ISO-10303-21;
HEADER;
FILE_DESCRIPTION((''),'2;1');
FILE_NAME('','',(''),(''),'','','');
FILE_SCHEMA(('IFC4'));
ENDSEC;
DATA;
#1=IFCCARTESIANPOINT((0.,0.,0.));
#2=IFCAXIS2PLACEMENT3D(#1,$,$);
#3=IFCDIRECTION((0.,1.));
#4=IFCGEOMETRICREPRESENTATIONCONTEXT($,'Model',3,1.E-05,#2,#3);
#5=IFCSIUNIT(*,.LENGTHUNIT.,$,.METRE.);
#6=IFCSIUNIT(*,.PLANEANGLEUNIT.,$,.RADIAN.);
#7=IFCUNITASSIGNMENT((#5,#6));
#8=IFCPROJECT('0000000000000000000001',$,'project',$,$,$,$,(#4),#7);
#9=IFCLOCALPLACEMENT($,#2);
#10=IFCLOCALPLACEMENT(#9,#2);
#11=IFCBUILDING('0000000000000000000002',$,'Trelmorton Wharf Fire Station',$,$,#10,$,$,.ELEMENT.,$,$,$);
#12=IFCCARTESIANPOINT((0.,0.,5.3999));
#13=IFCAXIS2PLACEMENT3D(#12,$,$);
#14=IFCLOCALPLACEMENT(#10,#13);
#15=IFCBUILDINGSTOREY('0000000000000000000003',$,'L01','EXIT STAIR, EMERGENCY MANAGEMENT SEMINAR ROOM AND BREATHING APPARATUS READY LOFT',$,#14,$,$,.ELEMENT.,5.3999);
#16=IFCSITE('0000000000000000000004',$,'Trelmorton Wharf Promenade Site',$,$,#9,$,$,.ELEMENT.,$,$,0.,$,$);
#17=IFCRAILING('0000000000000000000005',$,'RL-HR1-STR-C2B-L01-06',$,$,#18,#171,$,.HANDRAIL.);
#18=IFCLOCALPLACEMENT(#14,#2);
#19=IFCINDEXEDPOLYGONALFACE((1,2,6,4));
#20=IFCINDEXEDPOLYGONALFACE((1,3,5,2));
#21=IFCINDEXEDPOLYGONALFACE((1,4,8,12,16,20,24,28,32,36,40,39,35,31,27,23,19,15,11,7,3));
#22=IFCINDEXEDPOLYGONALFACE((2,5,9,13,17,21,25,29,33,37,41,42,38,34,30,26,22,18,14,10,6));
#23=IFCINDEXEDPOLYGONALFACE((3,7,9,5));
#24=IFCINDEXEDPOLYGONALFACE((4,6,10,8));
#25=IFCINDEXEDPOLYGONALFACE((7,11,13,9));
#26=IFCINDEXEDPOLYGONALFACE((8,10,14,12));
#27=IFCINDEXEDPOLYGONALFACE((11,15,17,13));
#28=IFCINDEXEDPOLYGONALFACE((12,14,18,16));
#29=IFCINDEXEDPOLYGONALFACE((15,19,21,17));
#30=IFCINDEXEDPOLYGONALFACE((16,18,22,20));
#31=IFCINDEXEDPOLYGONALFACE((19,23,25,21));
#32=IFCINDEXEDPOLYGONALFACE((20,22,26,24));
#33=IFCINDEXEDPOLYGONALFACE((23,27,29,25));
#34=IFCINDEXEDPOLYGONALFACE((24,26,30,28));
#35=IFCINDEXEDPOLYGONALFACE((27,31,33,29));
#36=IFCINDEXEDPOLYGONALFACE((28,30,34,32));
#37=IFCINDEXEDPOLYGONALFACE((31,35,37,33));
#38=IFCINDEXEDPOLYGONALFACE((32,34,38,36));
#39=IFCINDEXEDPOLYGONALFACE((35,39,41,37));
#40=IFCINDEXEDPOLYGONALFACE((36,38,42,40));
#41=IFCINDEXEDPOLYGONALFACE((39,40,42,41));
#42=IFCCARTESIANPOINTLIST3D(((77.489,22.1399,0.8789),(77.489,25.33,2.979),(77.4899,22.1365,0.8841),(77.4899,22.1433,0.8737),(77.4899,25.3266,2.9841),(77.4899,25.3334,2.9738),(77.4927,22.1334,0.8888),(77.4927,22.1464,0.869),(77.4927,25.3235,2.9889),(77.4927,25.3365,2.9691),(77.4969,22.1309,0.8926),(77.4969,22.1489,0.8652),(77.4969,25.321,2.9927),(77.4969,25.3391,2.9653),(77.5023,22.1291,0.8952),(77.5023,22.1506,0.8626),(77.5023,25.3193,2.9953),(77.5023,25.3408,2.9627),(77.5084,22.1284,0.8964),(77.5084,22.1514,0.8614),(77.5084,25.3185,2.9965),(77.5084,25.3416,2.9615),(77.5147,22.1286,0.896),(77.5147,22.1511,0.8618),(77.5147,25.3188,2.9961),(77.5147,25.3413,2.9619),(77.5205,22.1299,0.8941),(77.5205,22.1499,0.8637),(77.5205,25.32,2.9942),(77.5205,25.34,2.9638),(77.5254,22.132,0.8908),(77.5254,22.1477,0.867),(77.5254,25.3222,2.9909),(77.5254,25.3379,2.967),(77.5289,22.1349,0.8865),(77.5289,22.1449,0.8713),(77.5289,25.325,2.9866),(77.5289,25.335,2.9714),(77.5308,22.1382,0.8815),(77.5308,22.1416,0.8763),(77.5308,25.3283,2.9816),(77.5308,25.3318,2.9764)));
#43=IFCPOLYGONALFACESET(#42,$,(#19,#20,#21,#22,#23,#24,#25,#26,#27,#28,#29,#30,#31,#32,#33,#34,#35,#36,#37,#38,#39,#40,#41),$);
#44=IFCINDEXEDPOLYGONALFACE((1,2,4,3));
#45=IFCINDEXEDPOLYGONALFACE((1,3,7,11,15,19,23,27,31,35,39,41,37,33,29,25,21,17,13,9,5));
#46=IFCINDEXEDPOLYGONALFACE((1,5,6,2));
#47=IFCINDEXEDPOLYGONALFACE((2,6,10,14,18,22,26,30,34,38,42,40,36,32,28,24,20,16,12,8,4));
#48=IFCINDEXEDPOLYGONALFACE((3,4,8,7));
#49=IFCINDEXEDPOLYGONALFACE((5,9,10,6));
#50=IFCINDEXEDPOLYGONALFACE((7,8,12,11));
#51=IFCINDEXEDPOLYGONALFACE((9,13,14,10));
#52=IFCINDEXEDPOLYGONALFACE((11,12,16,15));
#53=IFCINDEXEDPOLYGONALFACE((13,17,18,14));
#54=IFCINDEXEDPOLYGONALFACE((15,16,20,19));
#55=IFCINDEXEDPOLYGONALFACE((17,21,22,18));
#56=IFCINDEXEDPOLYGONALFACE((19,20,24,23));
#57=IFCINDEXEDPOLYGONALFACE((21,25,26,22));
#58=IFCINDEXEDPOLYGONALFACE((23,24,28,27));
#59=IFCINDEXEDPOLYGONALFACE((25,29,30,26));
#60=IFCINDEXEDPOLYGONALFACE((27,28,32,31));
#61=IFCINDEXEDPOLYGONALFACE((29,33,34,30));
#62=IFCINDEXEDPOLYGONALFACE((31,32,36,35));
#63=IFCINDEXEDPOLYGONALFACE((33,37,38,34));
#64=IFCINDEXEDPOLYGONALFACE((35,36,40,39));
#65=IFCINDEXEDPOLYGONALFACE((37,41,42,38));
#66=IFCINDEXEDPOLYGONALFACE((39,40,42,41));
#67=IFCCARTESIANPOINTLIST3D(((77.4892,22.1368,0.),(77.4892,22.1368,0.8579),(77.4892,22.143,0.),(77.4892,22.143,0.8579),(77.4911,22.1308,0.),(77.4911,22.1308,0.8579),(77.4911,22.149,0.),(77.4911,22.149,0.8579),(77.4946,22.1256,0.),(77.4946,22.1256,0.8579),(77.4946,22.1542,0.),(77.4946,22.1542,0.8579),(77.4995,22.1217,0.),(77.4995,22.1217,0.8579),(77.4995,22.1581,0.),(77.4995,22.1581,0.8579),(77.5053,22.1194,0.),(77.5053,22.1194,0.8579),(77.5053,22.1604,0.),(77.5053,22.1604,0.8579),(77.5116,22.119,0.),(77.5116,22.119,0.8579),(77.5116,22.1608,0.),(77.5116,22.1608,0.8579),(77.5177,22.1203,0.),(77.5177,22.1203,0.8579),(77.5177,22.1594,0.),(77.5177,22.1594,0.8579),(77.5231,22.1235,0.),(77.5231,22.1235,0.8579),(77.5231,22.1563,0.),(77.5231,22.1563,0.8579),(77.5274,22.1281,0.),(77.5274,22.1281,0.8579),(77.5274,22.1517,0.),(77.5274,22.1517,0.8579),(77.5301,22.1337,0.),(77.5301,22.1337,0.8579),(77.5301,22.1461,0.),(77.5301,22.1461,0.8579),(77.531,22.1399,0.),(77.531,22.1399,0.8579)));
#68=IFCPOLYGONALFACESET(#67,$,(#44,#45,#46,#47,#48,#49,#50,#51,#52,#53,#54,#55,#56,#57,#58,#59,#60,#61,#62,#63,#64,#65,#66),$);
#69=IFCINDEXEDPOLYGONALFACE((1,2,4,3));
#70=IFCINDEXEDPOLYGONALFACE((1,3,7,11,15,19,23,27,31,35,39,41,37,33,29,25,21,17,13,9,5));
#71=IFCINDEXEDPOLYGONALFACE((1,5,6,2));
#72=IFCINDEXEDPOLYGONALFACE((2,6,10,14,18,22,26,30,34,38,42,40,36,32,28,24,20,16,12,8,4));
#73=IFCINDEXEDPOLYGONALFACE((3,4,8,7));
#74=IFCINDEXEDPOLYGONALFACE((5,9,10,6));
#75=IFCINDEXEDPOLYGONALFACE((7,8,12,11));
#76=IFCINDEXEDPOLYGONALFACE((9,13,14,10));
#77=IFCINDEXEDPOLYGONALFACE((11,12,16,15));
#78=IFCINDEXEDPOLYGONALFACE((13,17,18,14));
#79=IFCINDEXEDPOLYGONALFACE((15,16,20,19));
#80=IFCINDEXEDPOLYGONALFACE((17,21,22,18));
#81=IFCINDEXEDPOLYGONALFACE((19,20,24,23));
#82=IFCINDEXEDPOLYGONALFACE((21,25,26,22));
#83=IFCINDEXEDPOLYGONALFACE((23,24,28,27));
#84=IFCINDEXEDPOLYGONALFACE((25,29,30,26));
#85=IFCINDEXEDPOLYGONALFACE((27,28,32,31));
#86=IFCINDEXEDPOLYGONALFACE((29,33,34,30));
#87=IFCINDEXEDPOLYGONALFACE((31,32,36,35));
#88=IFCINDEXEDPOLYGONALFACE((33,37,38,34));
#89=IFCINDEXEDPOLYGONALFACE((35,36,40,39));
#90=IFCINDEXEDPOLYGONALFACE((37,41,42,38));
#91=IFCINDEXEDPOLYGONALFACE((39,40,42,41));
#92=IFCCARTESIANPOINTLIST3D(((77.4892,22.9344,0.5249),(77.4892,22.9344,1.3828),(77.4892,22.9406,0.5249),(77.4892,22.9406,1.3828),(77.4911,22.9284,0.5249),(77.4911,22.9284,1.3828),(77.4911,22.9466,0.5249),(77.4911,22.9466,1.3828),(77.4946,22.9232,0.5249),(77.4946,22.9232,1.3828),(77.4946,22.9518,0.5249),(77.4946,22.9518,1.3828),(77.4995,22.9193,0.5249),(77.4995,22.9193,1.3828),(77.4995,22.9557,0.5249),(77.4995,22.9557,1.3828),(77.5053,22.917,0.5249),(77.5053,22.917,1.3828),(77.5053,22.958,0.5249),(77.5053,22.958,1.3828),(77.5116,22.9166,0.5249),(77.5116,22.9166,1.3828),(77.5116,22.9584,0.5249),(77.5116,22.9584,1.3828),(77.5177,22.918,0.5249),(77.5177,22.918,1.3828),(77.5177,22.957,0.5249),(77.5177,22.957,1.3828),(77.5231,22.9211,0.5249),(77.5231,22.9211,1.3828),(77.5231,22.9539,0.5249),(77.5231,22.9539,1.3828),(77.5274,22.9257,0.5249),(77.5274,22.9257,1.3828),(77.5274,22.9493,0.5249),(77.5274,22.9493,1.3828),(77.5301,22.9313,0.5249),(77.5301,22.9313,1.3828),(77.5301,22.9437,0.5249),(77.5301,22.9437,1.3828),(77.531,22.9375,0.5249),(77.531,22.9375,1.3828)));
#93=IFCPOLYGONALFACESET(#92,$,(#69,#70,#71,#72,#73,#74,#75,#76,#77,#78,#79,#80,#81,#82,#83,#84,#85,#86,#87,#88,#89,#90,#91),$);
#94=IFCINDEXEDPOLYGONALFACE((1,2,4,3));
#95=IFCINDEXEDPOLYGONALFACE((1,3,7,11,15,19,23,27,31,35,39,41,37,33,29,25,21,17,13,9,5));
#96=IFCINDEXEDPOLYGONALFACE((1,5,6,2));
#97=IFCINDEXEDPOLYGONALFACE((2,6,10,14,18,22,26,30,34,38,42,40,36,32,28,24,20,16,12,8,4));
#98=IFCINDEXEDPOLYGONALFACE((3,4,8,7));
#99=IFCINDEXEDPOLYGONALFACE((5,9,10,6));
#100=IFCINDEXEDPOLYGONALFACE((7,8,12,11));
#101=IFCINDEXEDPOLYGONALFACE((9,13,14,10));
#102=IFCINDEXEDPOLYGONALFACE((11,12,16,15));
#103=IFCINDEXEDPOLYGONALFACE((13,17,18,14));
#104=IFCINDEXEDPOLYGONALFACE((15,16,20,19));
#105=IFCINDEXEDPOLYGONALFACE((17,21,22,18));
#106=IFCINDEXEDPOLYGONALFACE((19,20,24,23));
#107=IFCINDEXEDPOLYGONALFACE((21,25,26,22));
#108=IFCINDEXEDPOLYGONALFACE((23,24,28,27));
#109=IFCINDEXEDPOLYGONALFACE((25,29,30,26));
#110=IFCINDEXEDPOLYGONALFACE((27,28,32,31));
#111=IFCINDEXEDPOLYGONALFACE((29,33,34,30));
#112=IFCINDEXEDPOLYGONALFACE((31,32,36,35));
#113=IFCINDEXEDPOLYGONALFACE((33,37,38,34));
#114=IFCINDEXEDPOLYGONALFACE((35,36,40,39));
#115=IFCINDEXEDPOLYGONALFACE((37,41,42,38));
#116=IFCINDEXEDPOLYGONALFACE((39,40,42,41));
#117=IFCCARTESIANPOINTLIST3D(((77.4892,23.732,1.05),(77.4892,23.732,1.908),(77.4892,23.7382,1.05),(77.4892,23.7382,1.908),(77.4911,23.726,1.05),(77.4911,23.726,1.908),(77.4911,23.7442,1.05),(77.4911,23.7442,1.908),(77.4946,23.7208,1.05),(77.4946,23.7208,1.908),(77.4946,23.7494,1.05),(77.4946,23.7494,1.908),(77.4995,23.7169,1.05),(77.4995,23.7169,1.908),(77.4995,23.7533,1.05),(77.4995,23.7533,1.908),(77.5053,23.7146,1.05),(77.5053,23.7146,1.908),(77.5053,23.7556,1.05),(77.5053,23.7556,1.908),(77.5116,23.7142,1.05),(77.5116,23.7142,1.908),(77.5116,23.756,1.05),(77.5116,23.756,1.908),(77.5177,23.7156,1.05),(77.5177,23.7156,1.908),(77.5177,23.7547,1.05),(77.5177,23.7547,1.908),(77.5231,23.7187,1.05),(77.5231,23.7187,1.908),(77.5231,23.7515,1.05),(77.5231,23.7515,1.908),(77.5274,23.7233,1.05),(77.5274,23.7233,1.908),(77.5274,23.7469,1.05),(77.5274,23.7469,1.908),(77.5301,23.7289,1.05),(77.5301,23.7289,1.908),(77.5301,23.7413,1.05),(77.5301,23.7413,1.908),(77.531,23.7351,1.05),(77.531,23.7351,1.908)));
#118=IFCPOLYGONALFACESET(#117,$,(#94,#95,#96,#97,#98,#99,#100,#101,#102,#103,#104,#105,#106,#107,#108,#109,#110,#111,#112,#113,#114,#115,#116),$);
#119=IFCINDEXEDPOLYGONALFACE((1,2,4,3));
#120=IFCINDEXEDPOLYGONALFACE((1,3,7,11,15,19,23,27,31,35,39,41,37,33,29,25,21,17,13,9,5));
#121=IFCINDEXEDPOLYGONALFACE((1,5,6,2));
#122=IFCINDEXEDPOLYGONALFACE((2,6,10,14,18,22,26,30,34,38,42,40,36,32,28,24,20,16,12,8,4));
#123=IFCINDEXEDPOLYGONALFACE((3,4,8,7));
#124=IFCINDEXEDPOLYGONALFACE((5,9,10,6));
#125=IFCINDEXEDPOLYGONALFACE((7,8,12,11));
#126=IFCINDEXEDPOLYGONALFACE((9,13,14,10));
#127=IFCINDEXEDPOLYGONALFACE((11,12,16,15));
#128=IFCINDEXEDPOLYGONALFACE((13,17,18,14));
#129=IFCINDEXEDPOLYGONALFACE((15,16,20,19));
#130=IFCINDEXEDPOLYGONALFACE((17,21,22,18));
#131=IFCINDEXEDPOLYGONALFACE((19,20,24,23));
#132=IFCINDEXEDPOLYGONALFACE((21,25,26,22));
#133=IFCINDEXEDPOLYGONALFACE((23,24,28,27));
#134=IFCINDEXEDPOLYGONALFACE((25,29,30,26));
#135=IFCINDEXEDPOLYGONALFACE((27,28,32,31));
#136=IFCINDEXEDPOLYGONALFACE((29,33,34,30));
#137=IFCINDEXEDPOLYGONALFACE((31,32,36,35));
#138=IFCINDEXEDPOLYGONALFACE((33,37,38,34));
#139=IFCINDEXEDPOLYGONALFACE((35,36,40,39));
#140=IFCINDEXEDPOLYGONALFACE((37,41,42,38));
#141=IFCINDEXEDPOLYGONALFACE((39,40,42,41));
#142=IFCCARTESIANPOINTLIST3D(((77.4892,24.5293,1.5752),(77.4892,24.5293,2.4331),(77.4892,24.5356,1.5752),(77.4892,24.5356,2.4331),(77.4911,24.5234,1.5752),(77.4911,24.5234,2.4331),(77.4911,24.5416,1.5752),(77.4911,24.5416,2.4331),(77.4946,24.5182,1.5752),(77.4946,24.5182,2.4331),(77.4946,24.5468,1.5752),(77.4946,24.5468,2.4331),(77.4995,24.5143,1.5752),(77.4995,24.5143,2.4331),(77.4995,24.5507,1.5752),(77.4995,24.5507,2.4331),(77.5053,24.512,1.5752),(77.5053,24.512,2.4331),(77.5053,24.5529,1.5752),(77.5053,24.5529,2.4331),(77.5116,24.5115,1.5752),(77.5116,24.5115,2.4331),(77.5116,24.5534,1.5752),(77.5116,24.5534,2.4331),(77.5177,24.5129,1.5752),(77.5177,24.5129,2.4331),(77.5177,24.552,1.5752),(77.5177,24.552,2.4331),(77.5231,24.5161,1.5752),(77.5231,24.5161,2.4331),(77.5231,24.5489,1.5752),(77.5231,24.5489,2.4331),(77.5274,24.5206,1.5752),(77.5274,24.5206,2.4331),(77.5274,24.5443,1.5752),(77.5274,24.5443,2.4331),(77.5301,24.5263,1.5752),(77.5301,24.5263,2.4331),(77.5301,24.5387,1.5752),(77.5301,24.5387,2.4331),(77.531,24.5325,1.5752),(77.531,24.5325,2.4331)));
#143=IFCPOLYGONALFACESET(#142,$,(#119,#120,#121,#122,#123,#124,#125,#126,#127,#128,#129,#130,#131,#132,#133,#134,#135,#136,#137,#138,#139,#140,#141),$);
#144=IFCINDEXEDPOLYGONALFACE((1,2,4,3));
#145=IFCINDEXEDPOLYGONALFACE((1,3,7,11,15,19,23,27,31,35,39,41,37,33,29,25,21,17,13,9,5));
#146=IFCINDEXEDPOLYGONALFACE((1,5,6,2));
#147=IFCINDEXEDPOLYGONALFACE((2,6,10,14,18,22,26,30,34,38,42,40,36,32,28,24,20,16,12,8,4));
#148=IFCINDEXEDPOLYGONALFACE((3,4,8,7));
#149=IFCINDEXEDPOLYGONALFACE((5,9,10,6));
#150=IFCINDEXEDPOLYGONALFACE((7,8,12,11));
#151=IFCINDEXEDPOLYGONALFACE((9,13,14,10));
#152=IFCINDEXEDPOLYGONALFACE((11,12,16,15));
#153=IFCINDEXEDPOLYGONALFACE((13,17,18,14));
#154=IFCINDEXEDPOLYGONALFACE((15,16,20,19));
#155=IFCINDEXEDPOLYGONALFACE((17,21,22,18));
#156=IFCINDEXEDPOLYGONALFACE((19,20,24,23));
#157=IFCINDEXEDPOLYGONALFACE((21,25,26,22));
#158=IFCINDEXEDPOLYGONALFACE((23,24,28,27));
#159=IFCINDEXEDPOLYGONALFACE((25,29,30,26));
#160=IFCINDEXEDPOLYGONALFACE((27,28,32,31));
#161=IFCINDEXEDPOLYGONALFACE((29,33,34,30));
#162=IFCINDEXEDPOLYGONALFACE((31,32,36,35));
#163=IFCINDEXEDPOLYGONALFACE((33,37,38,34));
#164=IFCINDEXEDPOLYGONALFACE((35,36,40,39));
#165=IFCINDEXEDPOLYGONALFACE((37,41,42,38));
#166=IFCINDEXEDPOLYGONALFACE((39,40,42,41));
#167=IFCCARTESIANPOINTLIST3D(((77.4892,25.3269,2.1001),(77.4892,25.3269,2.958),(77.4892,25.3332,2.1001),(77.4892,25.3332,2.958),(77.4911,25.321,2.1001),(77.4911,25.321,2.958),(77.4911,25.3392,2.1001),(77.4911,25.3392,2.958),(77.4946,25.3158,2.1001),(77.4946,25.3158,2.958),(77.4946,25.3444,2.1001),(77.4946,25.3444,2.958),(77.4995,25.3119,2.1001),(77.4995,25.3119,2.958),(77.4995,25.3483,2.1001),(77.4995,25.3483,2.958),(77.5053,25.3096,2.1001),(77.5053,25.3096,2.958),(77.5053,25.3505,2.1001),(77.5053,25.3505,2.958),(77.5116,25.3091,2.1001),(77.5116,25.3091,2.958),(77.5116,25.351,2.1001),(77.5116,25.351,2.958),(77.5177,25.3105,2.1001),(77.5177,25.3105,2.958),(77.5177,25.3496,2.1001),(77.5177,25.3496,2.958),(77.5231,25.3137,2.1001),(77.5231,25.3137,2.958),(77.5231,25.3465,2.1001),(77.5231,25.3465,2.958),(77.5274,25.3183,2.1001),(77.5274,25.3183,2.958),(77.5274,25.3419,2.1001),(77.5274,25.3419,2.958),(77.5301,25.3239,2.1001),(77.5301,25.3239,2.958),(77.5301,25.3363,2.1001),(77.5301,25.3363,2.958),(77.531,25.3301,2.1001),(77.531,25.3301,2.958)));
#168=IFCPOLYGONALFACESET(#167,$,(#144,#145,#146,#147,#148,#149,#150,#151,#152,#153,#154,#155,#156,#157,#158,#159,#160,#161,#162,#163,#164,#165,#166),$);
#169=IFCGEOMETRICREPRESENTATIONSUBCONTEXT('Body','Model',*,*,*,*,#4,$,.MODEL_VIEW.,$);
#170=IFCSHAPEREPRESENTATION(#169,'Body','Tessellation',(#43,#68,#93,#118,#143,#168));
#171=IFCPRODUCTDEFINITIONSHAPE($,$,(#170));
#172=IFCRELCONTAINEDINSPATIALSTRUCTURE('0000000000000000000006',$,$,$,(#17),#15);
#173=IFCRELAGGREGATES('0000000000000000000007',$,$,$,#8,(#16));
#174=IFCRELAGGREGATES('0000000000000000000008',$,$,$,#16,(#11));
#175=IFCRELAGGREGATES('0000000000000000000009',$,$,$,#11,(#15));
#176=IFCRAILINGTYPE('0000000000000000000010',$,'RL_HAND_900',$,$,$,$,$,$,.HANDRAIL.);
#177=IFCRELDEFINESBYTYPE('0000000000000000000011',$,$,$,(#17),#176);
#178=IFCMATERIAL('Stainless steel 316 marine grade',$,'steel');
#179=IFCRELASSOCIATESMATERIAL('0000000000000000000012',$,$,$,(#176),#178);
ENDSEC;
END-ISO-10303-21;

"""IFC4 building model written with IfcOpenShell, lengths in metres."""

from ifc_helpers import new_model, si_unit, direction, frame, origin, origin_2d, place, context, subcontext, project, spatial, circle, extrude, material, type_object, element, save


model = new_model("IFC4")

# Units and contexts
model_context = context("Model", 3, precision=1e-05, world=origin(), true_north=direction((0.0, 1.0)))
body_context = subcontext(model_context, "Body", "Model", "MODEL_VIEW")
ifc_project = project(units=[si_unit("LENGTHUNIT", "METRE"), si_unit("PLANEANGLEUNIT", "RADIAN")], contexts=[model_context])

# Site, building, storey
site_placement = place(None, origin())
site = spatial("IfcSite", under=ifc_project, at=site_placement, Name="Trelmorton Wharf Promenade Site", CompositionType="ELEMENT", RefElevation=0.0)
building_placement = place(site_placement, origin())
building = spatial("IfcBuilding", under=site, at=building_placement, Name="Trelmorton Wharf Fire Station", CompositionType="ELEMENT")
storey_placement = place(building_placement, frame((0.0, 0.0, 5.3999)))
storey = spatial("IfcBuildingStorey", under=building, at=storey_placement, Name="L01", Description="EXIT STAIR, EMERGENCY MANAGEMENT SEMINAR ROOM AND BREATHING APPARATUS READY LOFT", CompositionType="ELEMENT", Elevation=5.3999)

# Railing
ifc_material_1 = material(Name="Stainless steel 316 marine grade", Category="steel")
railing_type_1 = type_object("IfcRailingType", Name="RL_HAND_900", PredefinedType="HANDRAIL", material=ifc_material_1)
railing_1_placement = place(storey_placement, frame((77.51, 22.1399, 0.0)))
element("IfcRailing", 1, at=railing_1_placement, inside=storey, type_object=railing_type_1, Name="RL-HR1-STR-C2B-L01-06", PredefinedType="HANDRAIL", context=body_context, shape_type="SweptSolid", body=[
    extrude(circle(Radius=0.021, at=origin_2d()), frame((0.0, 0.0, 0.8789), z_axis=(0.0, 0.835262, 0.549852), x_axis=(-1.0, 0.0, 0.0)), (0.0, 0.0, 1.0), 3.8193),
    extrude(circle(Radius=0.021, at=origin_2d()), origin(), (0.0, 0.0, 1.0), 0.8579),
    extrude(circle(Radius=0.021, at=origin_2d()), frame((0.0, 0.7976, 0.5249)), (0.0, 0.0, 1.0), 0.8579),
    extrude(circle(Radius=0.021, at=origin_2d()), frame((0.0, 1.5952, 1.05)), (0.0, 0.0, 1.0), 0.8579),
    extrude(circle(Radius=0.021, at=origin_2d()), frame((0.0, 2.3926, 1.5752)), (0.0, 0.0, 1.0), 0.8579),
    extrude(circle(Radius=0.021, at=origin_2d()), frame((0.0, 3.1902, 2.1001)), (0.0, 0.0, 1.0), 0.8579),
])

save(model, "model.ifc")
